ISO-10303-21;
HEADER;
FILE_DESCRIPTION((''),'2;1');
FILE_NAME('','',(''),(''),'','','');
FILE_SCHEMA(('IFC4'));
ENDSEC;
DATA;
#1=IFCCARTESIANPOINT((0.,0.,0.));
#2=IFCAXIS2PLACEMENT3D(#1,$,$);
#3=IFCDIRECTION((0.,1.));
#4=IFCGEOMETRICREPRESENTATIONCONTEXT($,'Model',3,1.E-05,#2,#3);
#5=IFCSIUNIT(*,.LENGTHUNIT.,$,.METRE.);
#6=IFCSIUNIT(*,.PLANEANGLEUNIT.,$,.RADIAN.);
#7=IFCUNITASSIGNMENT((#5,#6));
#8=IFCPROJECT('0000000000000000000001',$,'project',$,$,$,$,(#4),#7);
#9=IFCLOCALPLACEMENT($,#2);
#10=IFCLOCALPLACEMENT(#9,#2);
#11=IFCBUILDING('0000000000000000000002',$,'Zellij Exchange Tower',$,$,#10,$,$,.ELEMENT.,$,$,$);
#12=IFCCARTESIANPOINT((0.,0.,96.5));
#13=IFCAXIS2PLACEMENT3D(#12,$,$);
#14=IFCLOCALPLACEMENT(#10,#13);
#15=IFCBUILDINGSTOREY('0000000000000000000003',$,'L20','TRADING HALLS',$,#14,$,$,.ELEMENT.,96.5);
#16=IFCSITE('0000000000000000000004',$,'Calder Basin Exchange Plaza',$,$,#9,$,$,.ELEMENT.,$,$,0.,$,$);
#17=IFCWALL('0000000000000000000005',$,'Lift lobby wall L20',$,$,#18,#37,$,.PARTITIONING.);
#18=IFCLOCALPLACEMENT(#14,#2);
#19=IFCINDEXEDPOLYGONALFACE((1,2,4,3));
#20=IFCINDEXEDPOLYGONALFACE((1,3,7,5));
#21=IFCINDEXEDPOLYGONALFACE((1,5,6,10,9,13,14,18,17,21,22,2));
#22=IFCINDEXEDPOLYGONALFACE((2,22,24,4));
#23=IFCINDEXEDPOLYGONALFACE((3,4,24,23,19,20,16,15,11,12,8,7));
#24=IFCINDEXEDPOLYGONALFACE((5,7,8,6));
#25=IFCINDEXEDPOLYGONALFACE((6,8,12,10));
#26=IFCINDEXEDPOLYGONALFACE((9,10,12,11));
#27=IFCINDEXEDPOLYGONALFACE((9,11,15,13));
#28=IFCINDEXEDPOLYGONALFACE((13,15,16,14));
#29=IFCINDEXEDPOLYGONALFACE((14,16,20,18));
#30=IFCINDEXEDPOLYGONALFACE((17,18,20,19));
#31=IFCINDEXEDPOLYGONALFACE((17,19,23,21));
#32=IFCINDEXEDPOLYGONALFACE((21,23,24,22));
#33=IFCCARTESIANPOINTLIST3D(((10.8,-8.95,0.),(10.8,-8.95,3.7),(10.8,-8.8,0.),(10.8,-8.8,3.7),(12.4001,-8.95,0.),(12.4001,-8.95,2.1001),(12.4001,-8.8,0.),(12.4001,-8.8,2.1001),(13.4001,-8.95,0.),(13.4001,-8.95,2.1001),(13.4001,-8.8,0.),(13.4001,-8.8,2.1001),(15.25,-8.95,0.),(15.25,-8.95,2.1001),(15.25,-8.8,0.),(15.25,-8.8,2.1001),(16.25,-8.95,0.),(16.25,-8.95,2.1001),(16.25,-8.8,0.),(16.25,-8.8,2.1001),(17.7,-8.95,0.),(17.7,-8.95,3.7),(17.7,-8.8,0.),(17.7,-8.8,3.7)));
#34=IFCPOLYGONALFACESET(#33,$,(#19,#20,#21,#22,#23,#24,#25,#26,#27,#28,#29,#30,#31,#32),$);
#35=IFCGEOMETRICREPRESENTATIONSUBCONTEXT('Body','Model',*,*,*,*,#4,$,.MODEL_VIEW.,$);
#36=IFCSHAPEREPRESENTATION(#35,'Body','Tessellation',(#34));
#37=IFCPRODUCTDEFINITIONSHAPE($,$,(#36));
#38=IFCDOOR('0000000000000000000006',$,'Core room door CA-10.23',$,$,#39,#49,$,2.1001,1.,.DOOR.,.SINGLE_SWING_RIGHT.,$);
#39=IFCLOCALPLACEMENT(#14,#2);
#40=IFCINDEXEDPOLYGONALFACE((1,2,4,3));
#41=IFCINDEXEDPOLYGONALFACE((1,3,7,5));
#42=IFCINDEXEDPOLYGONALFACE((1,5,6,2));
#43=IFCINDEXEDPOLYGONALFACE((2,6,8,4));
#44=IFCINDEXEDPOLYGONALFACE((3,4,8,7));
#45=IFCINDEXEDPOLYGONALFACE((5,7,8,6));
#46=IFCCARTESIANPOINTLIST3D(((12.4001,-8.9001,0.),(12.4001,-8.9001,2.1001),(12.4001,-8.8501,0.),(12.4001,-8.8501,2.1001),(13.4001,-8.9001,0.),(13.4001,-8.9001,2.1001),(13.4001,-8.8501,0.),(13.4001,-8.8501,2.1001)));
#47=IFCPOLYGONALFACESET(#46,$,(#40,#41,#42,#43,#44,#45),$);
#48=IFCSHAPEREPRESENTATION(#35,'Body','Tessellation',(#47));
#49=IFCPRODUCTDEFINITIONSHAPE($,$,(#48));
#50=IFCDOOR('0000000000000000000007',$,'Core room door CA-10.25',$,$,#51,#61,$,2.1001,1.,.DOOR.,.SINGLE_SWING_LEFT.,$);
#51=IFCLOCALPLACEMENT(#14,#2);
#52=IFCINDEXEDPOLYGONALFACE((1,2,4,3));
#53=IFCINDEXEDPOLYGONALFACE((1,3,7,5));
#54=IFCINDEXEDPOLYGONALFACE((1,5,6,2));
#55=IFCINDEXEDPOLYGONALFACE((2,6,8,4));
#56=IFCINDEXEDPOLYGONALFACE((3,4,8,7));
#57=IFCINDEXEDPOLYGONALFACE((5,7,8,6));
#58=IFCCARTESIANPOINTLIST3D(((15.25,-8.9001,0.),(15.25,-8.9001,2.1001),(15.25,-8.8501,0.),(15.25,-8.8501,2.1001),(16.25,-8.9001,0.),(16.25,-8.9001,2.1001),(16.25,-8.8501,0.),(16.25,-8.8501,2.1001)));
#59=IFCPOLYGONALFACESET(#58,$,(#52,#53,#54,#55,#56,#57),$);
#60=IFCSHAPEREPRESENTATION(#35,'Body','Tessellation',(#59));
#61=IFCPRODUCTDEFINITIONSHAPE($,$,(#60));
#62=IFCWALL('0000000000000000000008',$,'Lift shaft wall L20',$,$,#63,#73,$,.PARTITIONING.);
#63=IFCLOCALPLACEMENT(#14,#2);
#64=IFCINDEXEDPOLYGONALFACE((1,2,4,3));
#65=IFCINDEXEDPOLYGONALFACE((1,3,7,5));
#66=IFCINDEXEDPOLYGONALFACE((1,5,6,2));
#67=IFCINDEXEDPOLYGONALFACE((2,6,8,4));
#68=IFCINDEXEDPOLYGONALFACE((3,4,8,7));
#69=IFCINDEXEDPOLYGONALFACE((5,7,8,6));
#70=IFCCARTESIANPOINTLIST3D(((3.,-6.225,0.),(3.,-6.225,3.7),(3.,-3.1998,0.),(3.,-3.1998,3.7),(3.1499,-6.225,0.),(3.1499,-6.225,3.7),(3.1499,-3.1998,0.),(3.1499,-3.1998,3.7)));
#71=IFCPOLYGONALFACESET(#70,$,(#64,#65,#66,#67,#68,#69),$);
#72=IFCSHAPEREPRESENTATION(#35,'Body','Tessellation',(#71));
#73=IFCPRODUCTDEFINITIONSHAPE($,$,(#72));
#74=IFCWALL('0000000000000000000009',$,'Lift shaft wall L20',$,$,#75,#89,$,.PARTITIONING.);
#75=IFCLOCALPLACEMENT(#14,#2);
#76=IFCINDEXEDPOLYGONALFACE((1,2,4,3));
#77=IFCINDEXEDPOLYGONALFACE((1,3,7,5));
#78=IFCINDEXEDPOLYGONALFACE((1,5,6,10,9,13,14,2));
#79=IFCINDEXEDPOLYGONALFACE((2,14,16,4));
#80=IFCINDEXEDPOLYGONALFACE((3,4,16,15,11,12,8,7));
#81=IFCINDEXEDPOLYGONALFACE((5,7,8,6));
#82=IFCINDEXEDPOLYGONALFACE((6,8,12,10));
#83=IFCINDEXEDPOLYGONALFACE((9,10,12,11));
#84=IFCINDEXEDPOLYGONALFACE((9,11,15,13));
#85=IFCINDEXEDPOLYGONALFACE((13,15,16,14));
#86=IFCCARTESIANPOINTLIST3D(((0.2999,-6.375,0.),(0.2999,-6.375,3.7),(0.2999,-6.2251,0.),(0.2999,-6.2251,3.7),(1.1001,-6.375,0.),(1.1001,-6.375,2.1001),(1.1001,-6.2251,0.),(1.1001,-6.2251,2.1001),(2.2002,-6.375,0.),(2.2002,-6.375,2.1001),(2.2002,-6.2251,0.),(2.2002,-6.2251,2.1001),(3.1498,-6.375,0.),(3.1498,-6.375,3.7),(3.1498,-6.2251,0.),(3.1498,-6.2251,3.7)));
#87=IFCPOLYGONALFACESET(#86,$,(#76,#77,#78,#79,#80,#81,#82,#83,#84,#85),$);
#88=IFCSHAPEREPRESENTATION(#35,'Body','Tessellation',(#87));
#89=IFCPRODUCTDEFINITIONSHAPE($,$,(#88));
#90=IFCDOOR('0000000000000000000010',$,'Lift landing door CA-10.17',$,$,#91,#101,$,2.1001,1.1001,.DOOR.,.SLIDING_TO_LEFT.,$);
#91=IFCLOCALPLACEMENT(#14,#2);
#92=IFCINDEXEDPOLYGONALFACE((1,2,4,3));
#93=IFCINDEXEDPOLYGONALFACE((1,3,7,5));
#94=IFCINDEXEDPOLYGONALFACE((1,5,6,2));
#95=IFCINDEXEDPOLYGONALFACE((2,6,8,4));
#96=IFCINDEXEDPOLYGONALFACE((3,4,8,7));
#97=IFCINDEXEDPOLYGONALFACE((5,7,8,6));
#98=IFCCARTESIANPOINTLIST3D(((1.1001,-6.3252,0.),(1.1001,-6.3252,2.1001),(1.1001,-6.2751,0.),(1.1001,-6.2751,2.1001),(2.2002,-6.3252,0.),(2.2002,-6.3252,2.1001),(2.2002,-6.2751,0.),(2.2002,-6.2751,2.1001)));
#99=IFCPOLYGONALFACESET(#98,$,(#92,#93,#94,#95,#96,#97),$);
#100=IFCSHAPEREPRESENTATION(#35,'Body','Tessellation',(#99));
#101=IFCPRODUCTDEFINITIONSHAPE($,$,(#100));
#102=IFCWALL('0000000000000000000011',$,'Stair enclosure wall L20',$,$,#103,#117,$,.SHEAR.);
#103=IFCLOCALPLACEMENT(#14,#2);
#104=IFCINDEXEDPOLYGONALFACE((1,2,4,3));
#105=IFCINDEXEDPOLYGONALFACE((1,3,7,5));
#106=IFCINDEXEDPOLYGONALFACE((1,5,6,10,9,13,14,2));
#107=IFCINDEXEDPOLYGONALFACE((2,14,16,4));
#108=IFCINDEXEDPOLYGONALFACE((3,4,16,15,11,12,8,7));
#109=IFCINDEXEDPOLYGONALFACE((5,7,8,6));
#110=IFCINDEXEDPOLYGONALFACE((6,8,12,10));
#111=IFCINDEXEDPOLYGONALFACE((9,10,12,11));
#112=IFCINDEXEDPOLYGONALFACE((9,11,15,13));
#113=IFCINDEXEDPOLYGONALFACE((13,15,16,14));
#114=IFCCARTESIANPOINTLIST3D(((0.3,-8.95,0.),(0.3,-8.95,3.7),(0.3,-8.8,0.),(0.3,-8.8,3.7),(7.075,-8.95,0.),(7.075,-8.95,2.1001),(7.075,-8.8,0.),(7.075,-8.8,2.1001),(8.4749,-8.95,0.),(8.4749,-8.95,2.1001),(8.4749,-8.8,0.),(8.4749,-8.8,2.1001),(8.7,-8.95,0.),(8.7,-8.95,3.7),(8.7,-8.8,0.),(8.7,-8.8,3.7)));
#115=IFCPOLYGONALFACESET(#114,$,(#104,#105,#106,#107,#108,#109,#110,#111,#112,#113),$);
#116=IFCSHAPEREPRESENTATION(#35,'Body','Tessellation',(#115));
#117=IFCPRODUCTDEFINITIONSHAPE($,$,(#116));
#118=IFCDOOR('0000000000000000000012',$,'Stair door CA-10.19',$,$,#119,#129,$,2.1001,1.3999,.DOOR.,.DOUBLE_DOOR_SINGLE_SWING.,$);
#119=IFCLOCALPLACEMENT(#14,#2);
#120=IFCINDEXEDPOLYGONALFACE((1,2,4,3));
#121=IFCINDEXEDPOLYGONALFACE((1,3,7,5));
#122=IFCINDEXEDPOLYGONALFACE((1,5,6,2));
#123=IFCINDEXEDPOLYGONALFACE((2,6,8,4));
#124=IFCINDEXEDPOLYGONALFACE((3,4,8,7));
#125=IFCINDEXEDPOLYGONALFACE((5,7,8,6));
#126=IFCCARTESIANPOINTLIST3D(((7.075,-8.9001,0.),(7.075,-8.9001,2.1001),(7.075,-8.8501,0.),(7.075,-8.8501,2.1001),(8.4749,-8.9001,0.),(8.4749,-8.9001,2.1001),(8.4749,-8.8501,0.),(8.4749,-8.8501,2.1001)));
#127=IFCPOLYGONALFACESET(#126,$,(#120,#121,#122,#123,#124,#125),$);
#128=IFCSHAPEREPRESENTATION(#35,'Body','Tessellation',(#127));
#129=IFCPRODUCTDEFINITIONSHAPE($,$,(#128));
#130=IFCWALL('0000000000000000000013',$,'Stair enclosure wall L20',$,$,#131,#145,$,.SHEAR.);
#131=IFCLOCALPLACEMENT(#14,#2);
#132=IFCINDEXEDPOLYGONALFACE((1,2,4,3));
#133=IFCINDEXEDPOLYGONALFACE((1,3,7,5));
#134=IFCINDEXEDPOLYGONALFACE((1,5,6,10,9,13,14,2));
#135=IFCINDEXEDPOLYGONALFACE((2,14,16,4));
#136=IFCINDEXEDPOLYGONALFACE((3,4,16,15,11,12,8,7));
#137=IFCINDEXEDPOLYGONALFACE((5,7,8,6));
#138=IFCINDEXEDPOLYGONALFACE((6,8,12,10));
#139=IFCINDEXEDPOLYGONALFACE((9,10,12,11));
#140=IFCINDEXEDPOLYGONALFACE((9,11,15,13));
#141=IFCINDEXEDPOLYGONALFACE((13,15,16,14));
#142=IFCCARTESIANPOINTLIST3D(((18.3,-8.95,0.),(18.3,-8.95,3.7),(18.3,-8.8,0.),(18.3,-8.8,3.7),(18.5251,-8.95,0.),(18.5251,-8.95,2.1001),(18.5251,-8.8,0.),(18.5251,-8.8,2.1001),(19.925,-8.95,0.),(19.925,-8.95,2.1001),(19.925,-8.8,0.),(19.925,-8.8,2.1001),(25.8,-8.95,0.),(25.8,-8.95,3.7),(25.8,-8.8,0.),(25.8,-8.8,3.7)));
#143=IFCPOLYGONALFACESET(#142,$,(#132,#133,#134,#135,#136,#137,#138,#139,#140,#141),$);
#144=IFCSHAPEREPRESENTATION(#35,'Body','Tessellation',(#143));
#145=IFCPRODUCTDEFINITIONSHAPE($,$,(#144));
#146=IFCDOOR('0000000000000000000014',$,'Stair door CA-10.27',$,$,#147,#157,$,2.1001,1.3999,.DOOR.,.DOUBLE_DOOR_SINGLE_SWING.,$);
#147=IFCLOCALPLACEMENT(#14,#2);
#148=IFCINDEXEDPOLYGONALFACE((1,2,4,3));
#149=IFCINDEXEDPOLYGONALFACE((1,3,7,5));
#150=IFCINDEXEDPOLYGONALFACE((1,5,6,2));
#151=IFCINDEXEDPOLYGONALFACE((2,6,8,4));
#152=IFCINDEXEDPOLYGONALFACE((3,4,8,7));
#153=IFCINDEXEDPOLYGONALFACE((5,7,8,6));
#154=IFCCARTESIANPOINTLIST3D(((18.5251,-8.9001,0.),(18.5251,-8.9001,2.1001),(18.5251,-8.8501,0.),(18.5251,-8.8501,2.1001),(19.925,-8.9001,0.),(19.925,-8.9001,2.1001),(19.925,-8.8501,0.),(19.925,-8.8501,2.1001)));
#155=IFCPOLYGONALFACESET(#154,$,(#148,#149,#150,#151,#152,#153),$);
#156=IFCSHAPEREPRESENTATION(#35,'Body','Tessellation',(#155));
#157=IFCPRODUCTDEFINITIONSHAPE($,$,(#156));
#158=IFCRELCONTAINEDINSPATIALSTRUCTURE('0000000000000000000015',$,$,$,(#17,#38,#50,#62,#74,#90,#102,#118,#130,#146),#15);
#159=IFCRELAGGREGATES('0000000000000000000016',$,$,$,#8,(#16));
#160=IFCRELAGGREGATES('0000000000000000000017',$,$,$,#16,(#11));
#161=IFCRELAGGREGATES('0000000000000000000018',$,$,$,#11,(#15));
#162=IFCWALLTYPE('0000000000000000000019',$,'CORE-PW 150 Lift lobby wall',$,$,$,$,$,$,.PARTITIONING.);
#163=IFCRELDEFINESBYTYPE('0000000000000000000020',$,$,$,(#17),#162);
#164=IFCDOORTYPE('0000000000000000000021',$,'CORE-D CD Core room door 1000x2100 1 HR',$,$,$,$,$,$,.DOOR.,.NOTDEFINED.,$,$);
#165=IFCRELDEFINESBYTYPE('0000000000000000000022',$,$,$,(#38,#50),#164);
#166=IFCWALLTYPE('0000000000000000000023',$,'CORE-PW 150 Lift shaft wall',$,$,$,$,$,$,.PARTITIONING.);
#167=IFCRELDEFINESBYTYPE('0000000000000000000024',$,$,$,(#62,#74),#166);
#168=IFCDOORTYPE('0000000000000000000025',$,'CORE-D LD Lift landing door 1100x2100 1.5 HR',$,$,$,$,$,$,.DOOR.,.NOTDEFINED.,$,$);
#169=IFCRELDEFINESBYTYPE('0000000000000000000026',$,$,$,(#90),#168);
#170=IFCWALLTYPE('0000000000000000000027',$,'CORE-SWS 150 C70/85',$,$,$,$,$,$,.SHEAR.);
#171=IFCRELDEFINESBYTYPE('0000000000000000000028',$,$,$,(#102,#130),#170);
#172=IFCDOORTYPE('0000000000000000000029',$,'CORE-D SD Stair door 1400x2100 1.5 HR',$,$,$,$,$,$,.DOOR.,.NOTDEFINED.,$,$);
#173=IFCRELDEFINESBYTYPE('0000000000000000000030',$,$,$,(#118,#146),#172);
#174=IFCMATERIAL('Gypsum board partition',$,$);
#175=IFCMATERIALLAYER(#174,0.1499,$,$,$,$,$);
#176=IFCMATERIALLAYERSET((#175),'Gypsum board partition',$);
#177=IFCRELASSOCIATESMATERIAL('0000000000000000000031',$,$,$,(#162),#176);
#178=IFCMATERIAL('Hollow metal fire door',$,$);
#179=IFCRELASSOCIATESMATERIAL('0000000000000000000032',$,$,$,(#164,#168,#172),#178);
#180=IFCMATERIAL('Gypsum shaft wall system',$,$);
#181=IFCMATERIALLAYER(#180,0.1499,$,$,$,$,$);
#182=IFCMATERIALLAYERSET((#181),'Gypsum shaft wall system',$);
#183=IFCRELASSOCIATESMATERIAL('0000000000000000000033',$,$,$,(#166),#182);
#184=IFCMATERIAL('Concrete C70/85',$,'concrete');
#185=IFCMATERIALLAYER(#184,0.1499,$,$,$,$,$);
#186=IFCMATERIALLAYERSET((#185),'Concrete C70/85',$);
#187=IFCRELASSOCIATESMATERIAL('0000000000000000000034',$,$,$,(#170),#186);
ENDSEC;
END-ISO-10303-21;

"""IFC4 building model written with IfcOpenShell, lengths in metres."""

from ifc_helpers import new_model, si_unit, direction, frame, frame_2d, origin, place, context, subcontext, project, spatial, rectangle, extrude, material, layer, layer_set, type_object, element, fill, save


model = new_model("IFC4")

# Units and contexts
model_context = context("Model", 3, precision=1e-05, world=origin(), true_north=direction((0.0, 1.0)))
body_context = subcontext(model_context, "Body", "Model", "MODEL_VIEW")
ifc_project = project(units=[si_unit("LENGTHUNIT", "METRE"), si_unit("PLANEANGLEUNIT", "RADIAN")], contexts=[model_context])

# Site, building, storey
site_placement = place(None, origin())
site = spatial("IfcSite", under=ifc_project, at=site_placement, Name="Calder Basin Exchange Plaza", CompositionType="ELEMENT", RefElevation=0.0)
building_placement = place(site_placement, origin())
building = spatial("IfcBuilding", under=site, at=building_placement, Name="Zellij Exchange Tower", CompositionType="ELEMENT")
storey_placement = place(building_placement, frame((0.0, 0.0, 96.5)))
storey = spatial("IfcBuildingStorey", under=building, at=storey_placement, Name="L20", Description="TRADING HALLS", CompositionType="ELEMENT", Elevation=96.5)

# Shared definitions
ifc_material_1 = material(Name="Concrete C70/85", Category="concrete")

# Shared definitions
ifc_material_2 = material(Name="Gypsum shaft wall system")
ifc_material_3 = material(Name="Hollow metal fire door")

# Shared definitions
ifc_material_4 = material(Name="Gypsum board partition")
ifc_layer_1 = layer(ifc_material_4, 0.1499)
ifc_layer_set_1 = layer_set([ifc_layer_1], Name="Gypsum board partition")
wall_type_1 = type_object("IfcWallType", Name="CORE-PW 150 Lift lobby wall", PredefinedType="PARTITIONING", material=ifc_layer_set_1)

# Wall, openings, doors
door_type_1 = type_object("IfcDoorType", Name="CORE-D CD Core room door 1000x2100 1 HR", OperationType="NOTDEFINED", PredefinedType="DOOR", material=ifc_material_3)
wall_1_placement = place(storey_placement, frame((10.8, -8.875, 0.0), z_axis=(0.0, 0.0, 1.0), x_axis=(1.0, 0.0, 0.0)))
wall_1 = element("IfcWall", 1, at=wall_1_placement, inside=storey, type_object=wall_type_1, Name="Lift lobby wall L20", PredefinedType="PARTITIONING", context=body_context, shape_type="SweptSolid", body=[
    extrude(rectangle(XDim=6.8999, YDim=0.1499, at=frame_2d((3.45, 0.0))), origin(), (0.0, 0.0, 1.0), 3.7),
])
opening_1_placement = place(wall_1_placement, frame((1.6001, 0.0, 0.0)))
opening_1 = element("IfcOpeningElement", 2, at=opening_1_placement, cuts=wall_1, PredefinedType="OPENING", context=body_context, shape_type="SweptSolid", body=[
    extrude(rectangle(XDim=1.0, YDim=2.1001, at=frame_2d((0.5, 1.05))), frame((0.0, 0.0869, 0.0), z_axis=(0.0, -1.0, 0.0), x_axis=(1.0, 0.0, 0.0)), (0.0, 0.0, 1.0), 0.1738),
])
opening_2_placement = place(wall_1_placement, frame((4.45, 0.0, 0.0)))
opening_2 = element("IfcOpeningElement", 3, at=opening_2_placement, cuts=wall_1, PredefinedType="OPENING", context=body_context, shape_type="SweptSolid", body=[
    extrude(rectangle(XDim=1.0, YDim=2.1001, at=frame_2d((0.5, 1.05))), frame((0.0, 0.0869, 0.0), z_axis=(0.0, -1.0, 0.0), x_axis=(1.0, 0.0, 0.0)), (0.0, 0.0, 1.0), 0.1738),
])
door_1_placement = place(opening_1_placement, origin())
door_1 = element("IfcDoor", 4, at=door_1_placement, inside=storey, type_object=door_type_1, Name="Core room door CA-10.23", OperationType="SINGLE_SWING_RIGHT", OverallHeight=2.1001, OverallWidth=1.0, PredefinedType="DOOR", context=body_context, shape_type="SweptSolid", body=[
    extrude(rectangle(XDim=1.0, YDim=2.1001, at=frame_2d((0.5, 1.05))), frame((0.0, 0.0249, 0.0), z_axis=(0.0, -1.0, 0.0), x_axis=(1.0, 0.0, 0.0)), (0.0, 0.0, 1.0), 0.05),
])
fill(opening_1, door_1)
door_2_placement = place(opening_2_placement, origin())
door_2 = element("IfcDoor", 5, at=door_2_placement, inside=storey, type_object=door_type_1, Name="Core room door CA-10.25", OperationType="SINGLE_SWING_LEFT", OverallHeight=2.1001, OverallWidth=1.0, PredefinedType="DOOR", context=body_context, shape_type="SweptSolid", body=[
    extrude(rectangle(XDim=1.0, YDim=2.1001, at=frame_2d((0.5, 1.05))), frame((0.0, 0.0249, 0.0), z_axis=(0.0, -1.0, 0.0), x_axis=(1.0, 0.0, 0.0)), (0.0, 0.0, 1.0), 0.05),
])
fill(opening_2, door_2)

# Wall
ifc_layer_2 = layer(ifc_material_2, 0.1499)
ifc_layer_set_2 = layer_set([ifc_layer_2], Name="Gypsum shaft wall system")
wall_type_2 = type_object("IfcWallType", Name="CORE-PW 150 Lift shaft wall", PredefinedType="PARTITIONING", material=ifc_layer_set_2)
wall_2_placement = place(storey_placement, frame((3.075, -6.2251, 0.0), z_axis=(0.0, 0.0, 1.0), x_axis=(0.0, 1.0, 0.0)))
element("IfcWall", 6, at=wall_2_placement, inside=storey, type_object=wall_type_2, Name="Lift shaft wall L20", PredefinedType="PARTITIONING", context=body_context, shape_type="SweptSolid", body=[
    extrude(rectangle(XDim=3.0251, YDim=0.1499, at=frame_2d((1.5127, 0.0))), origin(), (0.0, 0.0, 1.0), 3.7),
])

# Walls, openings, doors
wall_3_placement = place(storey_placement, frame((0.3, -6.3, 0.0), z_axis=(0.0, 0.0, 1.0), x_axis=(1.0, 0.0, 0.0)))
wall_3 = element("IfcWall", 7, at=wall_3_placement, inside=storey, type_object=wall_type_2, Name="Lift shaft wall L20", PredefinedType="PARTITIONING", context=body_context, shape_type="SweptSolid", body=[
    extrude(rectangle(XDim=2.8499, YDim=0.1499, at=frame_2d((1.4248, 0.0))), origin(), (0.0, 0.0, 1.0), 3.7),
])
opening_3_placement = place(wall_3_placement, frame((0.8, 0.0, 0.0)))
opening_3 = element("IfcOpeningElement", 8, at=opening_3_placement, cuts=wall_3, PredefinedType="OPENING", context=body_context, shape_type="SweptSolid", body=[
    extrude(rectangle(XDim=1.1001, YDim=2.1001, at=frame_2d((0.55, 1.05))), frame((0.0, 0.0869, 0.0), z_axis=(0.0, -1.0, 0.0), x_axis=(1.0, 0.0, 0.0)), (0.0, 0.0, 1.0), 0.1738),
])
door_type_2 = type_object("IfcDoorType", Name="CORE-D LD Lift landing door 1100x2100 1.5 HR", OperationType="NOTDEFINED", PredefinedType="DOOR", material=ifc_material_3)
door_3_placement = place(opening_3_placement, origin())
door_3 = element("IfcDoor", 9, at=door_3_placement, inside=storey, type_object=door_type_2, Name="Lift landing door CA-10.17", OperationType="SLIDING_TO_LEFT", OverallHeight=2.1001, OverallWidth=1.1001, PredefinedType="DOOR", context=body_context, shape_type="SweptSolid", body=[
    extrude(rectangle(XDim=1.1001, YDim=2.1001, at=frame_2d((0.55, 1.05))), frame((0.0, 0.0249, 0.0), z_axis=(0.0, -1.0, 0.0), x_axis=(1.0, 0.0, 0.0)), (0.0, 0.0, 1.0), 0.05),
])
fill(opening_3, door_3)
ifc_layer_3 = layer(ifc_material_1, 0.1499)
ifc_layer_set_3 = layer_set([ifc_layer_3], Name="Concrete C70/85")
wall_type_3 = type_object("IfcWallType", Name="CORE-SWS 150 C70/85", PredefinedType="SHEAR", material=ifc_layer_set_3)
wall_4_placement = place(storey_placement, frame((0.3, -8.875, 0.0), z_axis=(0.0, 0.0, 1.0), x_axis=(1.0, 0.0, 0.0)))
wall_4 = element("IfcWall", 10, at=wall_4_placement, inside=storey, type_object=wall_type_3, Name="Stair enclosure wall L20", PredefinedType="SHEAR", context=body_context, shape_type="SweptSolid", body=[
    extrude(rectangle(XDim=8.3999, YDim=0.1499, at=frame_2d((4.2, 0.0))), origin(), (0.0, 0.0, 1.0), 3.7),
])
opening_4_placement = place(wall_4_placement, frame((6.7749, 0.0, 0.0)))
opening_4 = element("IfcOpeningElement", 11, at=opening_4_placement, cuts=wall_4, PredefinedType="OPENING", context=body_context, shape_type="SweptSolid", body=[
    extrude(rectangle(XDim=1.3999, YDim=2.1001, at=frame_2d((0.7, 1.05))), frame((0.0, 0.0869, 0.0), z_axis=(0.0, -1.0, 0.0), x_axis=(1.0, 0.0, 0.0)), (0.0, 0.0, 1.0), 0.1738),
])
door_type_3 = type_object("IfcDoorType", Name="CORE-D SD Stair door 1400x2100 1.5 HR", OperationType="NOTDEFINED", PredefinedType="DOOR", material=ifc_material_3)
door_4_placement = place(opening_4_placement, origin())
door_4 = element("IfcDoor", 12, at=door_4_placement, inside=storey, type_object=door_type_3, Name="Stair door CA-10.19", OperationType="DOUBLE_DOOR_SINGLE_SWING", OverallHeight=2.1001, OverallWidth=1.3999, PredefinedType="DOOR", context=body_context, shape_type="SweptSolid", body=[
    extrude(rectangle(XDim=1.3999, YDim=2.1001, at=frame_2d((0.7, 1.05))), frame((0.0, 0.0249, 0.0), z_axis=(0.0, -1.0, 0.0), x_axis=(1.0, 0.0, 0.0)), (0.0, 0.0, 1.0), 0.05),
])
fill(opening_4, door_4)
wall_5_placement = place(storey_placement, frame((18.3, -8.875, 0.0), z_axis=(0.0, 0.0, 1.0), x_axis=(1.0, 0.0, 0.0)))
wall_5 = element("IfcWall", 13, at=wall_5_placement, inside=storey, type_object=wall_type_3, Name="Stair enclosure wall L20", PredefinedType="SHEAR", context=body_context, shape_type="SweptSolid", body=[
    extrude(rectangle(XDim=7.5, YDim=0.1499, at=frame_2d((3.75, 0.0))), origin(), (0.0, 0.0, 1.0), 3.7),
])
opening_5_placement = place(wall_5_placement, frame((0.2251, 0.0, 0.0)))
opening_5 = element("IfcOpeningElement", 14, at=opening_5_placement, cuts=wall_5, PredefinedType="OPENING", context=body_context, shape_type="SweptSolid", body=[
    extrude(rectangle(XDim=1.3999, YDim=2.1001, at=frame_2d((0.7, 1.05))), frame((0.0, 0.0869, 0.0), z_axis=(0.0, -1.0, 0.0), x_axis=(1.0, 0.0, 0.0)), (0.0, 0.0, 1.0), 0.1738),
])
door_5_placement = place(opening_5_placement, origin())
door_5 = element("IfcDoor", 15, at=door_5_placement, inside=storey, type_object=door_type_3, Name="Stair door CA-10.27", OperationType="DOUBLE_DOOR_SINGLE_SWING", OverallHeight=2.1001, OverallWidth=1.3999, PredefinedType="DOOR", context=body_context, shape_type="SweptSolid", body=[
    extrude(rectangle(XDim=1.3999, YDim=2.1001, at=frame_2d((0.7, 1.05))), frame((0.0, 0.0249, 0.0), z_axis=(0.0, -1.0, 0.0), x_axis=(1.0, 0.0, 0.0)), (0.0, 0.0, 1.0), 0.05),
])
fill(opening_5, door_5)

save(model, "model.ifc")
